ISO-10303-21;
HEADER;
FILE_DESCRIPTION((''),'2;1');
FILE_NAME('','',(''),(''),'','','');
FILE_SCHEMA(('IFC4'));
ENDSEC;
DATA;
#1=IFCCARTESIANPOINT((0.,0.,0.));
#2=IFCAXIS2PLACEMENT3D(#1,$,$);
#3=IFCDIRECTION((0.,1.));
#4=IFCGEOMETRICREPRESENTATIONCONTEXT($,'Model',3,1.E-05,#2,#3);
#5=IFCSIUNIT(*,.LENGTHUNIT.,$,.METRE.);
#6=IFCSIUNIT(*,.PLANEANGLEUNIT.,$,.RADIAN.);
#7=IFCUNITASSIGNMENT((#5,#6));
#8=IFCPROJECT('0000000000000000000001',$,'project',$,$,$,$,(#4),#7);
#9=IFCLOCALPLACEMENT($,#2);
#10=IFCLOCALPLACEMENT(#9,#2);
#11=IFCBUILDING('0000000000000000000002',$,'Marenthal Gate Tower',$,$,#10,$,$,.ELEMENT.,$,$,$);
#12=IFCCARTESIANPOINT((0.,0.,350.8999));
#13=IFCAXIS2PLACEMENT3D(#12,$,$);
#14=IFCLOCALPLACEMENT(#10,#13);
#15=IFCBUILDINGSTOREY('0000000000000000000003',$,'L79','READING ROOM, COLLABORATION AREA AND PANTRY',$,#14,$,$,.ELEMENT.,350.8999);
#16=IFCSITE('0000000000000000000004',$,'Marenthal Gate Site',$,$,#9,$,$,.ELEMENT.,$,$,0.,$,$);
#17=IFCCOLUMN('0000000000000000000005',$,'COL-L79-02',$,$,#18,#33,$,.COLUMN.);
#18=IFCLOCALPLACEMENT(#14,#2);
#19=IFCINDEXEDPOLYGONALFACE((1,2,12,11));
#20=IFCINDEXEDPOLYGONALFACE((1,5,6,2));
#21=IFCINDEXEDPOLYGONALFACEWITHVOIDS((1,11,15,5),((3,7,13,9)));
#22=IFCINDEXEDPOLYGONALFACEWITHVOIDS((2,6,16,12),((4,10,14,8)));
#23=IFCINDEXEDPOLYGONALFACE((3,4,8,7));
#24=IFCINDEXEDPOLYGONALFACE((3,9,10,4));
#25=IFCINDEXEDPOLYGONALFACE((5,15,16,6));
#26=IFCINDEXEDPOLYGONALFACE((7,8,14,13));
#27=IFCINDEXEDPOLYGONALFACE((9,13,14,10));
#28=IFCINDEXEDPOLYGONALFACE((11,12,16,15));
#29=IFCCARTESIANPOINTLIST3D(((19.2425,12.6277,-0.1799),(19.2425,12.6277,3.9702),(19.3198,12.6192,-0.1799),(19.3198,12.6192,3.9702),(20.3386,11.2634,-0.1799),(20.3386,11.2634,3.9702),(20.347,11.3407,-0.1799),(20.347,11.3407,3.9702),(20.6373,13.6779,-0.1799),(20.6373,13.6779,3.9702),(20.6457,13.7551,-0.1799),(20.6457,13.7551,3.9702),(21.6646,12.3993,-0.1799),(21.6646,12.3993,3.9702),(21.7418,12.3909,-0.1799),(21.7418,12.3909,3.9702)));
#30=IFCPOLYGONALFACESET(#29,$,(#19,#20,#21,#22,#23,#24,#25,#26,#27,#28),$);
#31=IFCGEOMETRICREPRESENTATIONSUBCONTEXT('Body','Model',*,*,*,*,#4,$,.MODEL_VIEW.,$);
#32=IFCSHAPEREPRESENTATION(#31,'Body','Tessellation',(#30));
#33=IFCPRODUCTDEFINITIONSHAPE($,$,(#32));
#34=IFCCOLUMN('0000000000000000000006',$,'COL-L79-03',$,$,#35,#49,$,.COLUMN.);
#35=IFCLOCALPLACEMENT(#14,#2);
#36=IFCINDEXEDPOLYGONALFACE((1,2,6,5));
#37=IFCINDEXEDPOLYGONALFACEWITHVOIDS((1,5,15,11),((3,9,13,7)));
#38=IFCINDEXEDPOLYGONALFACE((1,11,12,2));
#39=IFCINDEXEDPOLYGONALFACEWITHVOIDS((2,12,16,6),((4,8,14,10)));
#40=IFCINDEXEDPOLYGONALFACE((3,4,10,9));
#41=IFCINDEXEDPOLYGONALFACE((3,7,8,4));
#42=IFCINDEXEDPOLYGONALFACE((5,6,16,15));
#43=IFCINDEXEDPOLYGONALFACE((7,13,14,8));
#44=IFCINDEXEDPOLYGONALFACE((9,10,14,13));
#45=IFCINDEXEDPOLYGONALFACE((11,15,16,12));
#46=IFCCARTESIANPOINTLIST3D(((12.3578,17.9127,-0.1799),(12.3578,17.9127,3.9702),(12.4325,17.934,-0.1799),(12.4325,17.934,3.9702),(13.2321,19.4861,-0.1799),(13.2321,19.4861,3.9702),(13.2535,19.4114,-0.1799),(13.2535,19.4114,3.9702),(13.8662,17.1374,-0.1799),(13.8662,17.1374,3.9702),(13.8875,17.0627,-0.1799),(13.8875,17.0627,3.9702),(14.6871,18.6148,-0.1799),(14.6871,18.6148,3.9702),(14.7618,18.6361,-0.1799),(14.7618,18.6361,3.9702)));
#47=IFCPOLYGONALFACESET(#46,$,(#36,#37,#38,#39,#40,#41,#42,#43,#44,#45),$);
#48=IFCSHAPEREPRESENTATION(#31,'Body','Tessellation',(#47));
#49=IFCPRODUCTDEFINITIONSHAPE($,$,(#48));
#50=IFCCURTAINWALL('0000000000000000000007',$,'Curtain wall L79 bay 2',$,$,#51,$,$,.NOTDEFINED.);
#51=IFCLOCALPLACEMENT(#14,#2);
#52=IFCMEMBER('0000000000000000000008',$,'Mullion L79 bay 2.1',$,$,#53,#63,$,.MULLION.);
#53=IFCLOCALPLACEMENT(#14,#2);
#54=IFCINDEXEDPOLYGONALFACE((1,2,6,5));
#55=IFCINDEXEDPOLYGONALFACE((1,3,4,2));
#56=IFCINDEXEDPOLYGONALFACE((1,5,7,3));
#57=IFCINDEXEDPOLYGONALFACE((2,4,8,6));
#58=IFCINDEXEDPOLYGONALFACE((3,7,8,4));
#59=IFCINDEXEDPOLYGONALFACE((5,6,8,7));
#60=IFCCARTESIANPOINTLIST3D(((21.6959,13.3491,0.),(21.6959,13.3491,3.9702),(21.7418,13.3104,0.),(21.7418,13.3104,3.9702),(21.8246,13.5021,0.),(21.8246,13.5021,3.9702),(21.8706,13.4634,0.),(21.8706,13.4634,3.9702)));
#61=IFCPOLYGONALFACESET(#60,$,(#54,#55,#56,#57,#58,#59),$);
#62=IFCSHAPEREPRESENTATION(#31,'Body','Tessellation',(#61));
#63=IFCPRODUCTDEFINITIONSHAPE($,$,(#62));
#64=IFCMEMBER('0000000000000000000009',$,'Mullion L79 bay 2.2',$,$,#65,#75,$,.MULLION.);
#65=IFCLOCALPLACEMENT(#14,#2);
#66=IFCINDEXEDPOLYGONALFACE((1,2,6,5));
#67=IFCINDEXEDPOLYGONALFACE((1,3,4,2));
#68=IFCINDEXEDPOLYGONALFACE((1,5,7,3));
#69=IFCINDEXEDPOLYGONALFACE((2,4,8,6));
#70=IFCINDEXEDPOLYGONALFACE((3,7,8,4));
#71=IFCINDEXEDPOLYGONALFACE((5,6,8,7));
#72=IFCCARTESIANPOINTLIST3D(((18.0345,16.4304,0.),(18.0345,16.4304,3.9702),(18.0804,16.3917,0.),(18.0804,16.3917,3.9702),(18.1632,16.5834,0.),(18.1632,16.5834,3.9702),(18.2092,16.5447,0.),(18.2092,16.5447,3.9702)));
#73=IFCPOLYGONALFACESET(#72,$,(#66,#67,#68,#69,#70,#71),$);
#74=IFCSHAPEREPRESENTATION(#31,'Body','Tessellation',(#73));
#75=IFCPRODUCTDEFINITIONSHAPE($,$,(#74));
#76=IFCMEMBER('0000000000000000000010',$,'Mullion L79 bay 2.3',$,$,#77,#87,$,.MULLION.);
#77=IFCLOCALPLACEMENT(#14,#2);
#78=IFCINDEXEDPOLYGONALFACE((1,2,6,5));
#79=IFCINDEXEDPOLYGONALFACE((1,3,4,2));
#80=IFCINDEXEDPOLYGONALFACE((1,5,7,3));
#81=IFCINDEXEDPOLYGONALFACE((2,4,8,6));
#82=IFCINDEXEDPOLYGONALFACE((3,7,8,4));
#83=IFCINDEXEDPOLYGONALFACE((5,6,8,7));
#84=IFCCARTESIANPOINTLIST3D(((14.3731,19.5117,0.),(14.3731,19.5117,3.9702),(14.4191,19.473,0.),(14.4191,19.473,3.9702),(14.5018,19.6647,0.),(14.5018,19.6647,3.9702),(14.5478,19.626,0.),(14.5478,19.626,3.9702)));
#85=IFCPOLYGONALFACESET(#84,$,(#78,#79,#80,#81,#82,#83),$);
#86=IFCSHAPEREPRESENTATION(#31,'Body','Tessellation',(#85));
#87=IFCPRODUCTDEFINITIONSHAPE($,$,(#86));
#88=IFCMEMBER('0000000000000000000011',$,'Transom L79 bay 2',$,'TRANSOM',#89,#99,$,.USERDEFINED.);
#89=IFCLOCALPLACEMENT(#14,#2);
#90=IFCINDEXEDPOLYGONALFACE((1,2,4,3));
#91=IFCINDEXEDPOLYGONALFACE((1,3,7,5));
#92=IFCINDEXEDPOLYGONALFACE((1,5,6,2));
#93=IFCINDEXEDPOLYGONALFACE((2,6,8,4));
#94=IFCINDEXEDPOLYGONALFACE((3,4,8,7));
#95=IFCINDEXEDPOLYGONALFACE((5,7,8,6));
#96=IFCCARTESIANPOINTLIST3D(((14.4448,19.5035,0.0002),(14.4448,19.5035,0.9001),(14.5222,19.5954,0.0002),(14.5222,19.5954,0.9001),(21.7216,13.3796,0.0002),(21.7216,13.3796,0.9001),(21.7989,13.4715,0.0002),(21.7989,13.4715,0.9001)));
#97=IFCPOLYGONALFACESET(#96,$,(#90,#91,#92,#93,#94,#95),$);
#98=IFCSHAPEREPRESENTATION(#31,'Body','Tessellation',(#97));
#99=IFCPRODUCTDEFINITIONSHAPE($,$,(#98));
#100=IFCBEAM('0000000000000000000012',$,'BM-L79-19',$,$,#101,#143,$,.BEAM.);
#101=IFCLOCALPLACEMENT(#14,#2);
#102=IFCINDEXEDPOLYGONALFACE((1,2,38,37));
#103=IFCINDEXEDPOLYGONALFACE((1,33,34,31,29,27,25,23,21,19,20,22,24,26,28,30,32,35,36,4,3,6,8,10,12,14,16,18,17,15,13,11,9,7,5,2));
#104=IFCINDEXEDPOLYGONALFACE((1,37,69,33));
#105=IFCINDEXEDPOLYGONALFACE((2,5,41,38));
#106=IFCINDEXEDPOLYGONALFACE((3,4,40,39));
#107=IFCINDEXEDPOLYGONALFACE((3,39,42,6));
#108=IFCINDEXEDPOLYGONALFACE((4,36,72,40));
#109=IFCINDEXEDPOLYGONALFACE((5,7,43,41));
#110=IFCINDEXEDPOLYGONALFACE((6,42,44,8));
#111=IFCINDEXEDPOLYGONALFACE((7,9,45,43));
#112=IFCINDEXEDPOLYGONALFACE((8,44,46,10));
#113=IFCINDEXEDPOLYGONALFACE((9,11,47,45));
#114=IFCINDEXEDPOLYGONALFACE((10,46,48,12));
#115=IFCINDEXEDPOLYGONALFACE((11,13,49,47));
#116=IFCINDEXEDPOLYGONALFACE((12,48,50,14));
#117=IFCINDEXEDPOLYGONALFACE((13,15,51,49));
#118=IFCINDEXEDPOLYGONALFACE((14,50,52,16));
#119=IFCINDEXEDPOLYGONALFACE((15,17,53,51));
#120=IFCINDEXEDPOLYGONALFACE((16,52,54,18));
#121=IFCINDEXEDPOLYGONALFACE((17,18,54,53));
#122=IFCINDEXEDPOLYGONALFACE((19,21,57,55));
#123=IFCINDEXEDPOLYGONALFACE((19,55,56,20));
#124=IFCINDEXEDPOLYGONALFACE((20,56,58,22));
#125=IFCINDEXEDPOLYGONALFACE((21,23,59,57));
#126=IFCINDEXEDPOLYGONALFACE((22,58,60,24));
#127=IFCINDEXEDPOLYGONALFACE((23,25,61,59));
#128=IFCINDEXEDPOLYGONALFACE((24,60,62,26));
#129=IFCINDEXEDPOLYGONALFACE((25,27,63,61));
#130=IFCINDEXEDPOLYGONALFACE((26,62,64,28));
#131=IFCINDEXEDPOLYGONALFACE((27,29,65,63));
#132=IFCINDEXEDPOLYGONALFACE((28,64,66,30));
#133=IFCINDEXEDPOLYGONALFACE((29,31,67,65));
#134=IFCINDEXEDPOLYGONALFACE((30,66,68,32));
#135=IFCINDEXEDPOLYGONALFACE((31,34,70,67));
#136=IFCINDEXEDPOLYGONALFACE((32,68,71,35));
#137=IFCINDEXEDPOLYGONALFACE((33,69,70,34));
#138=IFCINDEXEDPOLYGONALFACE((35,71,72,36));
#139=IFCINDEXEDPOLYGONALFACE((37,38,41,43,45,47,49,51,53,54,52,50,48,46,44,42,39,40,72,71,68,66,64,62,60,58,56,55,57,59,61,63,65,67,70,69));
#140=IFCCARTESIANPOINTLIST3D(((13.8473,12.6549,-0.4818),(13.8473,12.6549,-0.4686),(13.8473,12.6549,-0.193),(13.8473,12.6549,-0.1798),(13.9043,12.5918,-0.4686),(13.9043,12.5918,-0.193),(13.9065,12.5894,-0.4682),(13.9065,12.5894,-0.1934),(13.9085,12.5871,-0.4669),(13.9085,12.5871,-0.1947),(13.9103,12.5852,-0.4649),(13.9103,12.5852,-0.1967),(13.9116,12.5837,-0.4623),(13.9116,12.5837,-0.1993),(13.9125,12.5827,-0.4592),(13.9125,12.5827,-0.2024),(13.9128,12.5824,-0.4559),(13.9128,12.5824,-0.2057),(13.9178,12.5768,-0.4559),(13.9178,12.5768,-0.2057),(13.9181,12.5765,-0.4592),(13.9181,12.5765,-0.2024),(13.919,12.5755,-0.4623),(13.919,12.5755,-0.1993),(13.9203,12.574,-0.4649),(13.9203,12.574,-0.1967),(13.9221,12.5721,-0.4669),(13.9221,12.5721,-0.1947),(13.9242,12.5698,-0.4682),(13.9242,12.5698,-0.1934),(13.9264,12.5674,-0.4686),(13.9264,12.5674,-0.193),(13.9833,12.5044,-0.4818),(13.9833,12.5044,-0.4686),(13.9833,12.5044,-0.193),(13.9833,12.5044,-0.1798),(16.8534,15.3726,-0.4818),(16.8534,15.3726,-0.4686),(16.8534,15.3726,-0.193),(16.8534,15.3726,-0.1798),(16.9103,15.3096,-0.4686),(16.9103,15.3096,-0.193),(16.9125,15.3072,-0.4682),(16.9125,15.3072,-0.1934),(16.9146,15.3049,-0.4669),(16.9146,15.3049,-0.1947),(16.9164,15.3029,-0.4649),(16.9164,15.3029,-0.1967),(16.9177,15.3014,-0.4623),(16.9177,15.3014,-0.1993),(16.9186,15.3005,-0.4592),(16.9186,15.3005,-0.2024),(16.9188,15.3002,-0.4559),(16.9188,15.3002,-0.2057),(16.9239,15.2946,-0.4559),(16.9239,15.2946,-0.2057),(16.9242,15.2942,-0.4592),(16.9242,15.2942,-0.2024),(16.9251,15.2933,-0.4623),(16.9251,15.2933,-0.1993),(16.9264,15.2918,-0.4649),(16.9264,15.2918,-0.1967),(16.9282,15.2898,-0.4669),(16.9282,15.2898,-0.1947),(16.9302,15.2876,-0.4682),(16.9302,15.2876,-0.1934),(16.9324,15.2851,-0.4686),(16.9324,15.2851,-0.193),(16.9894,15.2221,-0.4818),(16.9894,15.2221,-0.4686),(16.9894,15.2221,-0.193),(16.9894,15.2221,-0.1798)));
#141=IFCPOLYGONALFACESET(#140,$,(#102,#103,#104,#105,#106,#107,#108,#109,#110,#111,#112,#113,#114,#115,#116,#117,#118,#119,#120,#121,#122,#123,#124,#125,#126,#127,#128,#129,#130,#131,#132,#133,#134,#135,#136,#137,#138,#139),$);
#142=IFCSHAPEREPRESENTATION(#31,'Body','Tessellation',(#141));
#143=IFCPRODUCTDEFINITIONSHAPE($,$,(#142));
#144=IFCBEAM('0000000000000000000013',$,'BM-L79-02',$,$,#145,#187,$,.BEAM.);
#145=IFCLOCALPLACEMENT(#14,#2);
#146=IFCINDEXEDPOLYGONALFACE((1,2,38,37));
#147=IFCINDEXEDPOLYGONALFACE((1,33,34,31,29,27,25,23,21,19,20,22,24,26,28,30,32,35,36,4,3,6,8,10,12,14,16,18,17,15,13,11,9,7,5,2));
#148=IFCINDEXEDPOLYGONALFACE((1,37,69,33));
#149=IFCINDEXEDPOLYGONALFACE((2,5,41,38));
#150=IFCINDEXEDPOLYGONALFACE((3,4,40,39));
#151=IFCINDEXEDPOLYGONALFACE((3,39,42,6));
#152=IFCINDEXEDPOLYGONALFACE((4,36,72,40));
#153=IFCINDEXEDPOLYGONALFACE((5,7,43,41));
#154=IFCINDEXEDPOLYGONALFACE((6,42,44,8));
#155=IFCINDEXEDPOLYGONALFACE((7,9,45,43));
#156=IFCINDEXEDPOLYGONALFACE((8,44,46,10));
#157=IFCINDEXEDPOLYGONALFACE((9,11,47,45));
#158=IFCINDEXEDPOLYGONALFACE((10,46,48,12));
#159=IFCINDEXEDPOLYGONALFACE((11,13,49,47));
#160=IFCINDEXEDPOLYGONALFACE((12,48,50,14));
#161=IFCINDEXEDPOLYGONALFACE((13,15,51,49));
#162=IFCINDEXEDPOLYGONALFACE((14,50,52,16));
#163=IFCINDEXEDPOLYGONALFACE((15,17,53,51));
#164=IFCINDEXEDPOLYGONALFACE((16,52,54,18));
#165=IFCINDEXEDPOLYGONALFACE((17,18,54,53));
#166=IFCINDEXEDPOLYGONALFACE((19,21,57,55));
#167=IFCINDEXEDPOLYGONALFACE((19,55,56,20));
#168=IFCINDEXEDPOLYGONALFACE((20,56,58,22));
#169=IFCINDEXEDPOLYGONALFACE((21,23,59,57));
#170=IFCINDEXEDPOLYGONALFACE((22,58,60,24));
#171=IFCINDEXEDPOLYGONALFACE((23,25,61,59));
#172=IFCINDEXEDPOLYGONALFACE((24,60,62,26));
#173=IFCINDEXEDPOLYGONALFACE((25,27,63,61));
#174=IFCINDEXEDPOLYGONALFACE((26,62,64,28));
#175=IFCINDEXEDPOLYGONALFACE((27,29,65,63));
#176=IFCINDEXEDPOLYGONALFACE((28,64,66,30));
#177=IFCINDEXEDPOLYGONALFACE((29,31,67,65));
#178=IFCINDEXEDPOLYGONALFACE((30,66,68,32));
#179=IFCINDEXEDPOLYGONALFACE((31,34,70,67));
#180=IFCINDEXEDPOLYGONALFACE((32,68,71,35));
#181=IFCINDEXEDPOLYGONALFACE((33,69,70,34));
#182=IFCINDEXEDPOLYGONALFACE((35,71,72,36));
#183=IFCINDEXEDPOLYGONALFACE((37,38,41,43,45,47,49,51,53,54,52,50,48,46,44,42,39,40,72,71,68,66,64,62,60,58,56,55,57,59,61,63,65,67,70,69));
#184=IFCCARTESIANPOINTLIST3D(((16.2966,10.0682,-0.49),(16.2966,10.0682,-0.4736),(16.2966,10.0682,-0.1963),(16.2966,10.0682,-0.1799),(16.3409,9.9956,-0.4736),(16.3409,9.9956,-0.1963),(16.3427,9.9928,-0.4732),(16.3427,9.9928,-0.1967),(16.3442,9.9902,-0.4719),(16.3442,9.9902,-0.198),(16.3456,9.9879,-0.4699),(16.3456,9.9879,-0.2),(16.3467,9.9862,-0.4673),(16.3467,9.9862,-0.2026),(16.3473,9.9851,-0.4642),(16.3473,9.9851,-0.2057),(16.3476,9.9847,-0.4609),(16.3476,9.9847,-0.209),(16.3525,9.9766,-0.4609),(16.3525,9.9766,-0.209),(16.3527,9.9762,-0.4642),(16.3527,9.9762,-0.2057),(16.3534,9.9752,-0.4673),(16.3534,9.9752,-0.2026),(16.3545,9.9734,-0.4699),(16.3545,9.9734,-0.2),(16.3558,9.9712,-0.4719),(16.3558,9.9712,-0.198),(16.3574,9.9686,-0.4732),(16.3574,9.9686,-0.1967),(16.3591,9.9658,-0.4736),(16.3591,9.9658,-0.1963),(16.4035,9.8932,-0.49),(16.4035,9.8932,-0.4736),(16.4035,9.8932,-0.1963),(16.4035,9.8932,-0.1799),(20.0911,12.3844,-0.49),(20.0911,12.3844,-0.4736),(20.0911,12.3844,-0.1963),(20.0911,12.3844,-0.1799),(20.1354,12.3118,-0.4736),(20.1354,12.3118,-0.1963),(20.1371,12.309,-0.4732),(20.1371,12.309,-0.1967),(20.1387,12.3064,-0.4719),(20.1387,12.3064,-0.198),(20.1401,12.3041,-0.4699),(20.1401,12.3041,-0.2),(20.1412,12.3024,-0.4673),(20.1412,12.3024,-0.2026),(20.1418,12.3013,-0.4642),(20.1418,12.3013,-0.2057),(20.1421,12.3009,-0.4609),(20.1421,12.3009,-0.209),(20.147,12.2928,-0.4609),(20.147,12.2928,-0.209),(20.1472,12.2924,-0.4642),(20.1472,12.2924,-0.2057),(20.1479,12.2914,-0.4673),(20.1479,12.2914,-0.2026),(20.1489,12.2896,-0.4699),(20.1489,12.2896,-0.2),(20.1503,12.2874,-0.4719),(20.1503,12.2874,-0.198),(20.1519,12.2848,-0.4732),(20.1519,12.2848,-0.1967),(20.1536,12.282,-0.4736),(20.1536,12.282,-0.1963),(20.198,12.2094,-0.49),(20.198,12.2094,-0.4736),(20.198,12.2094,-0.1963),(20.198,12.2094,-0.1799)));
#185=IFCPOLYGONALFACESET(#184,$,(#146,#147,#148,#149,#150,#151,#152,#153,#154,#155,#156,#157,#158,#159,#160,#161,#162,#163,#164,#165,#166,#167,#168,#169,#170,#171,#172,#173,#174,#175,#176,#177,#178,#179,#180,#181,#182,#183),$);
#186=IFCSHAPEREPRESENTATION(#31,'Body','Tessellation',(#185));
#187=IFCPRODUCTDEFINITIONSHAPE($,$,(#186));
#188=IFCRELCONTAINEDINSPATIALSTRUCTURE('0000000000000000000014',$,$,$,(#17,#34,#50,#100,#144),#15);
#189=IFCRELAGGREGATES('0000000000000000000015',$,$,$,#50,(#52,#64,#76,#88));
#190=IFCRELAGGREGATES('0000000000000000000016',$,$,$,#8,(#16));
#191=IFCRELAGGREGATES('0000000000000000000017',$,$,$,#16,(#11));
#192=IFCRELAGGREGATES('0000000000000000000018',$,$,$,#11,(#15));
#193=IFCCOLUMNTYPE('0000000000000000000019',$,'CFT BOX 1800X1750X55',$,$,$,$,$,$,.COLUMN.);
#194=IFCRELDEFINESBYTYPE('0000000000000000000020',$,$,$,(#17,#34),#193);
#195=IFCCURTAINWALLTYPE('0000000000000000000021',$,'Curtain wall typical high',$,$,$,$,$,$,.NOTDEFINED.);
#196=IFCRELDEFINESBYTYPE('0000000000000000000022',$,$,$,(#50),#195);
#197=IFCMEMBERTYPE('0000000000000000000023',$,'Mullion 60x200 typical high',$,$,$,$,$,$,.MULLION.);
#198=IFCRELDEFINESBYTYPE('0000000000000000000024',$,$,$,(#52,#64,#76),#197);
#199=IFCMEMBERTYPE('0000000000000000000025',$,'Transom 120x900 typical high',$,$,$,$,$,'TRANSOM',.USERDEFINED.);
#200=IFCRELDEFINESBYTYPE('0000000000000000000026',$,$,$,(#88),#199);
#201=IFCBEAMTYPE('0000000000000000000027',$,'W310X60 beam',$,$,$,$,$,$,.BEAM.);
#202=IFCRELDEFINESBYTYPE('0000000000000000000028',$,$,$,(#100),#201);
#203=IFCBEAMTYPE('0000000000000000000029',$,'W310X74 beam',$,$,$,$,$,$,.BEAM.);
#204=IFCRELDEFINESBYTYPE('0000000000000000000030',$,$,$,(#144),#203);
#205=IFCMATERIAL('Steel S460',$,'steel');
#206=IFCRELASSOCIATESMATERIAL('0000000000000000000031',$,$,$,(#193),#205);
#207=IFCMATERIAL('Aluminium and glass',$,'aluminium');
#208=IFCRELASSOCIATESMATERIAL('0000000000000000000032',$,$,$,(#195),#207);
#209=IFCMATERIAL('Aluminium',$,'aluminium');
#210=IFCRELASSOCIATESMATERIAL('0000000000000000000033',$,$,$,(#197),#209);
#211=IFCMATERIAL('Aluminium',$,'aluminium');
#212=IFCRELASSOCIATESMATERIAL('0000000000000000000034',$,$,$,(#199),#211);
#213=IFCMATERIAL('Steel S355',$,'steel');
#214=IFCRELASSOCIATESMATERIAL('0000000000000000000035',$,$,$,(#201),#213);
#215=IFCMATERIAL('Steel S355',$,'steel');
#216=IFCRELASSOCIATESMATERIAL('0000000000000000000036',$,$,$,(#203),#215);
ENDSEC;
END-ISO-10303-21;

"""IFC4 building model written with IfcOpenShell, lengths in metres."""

from ifc_helpers import new_model, si_unit, direction, frame, origin, origin_2d, place, context, subcontext, project, spatial, rectangle, hollow_rectangle, i_section, extrude, material, material_profile, profile_set, type_object, element, aggregate, save


model = new_model("IFC4")

# Units and contexts
model_context = context("Model", 3, precision=1e-05, world=origin(), true_north=direction((0.0, 1.0)))
body_context = subcontext(model_context, "Body", "Model", "MODEL_VIEW")
ifc_project = project(units=[si_unit("LENGTHUNIT", "METRE"), si_unit("PLANEANGLEUNIT", "RADIAN")], contexts=[model_context])

# Site, building, storey
site_placement = place(None, origin())
site = spatial("IfcSite", under=ifc_project, at=site_placement, Name="Marenthal Gate Site", CompositionType="ELEMENT", RefElevation=0.0)
building_placement = place(site_placement, origin())
building = spatial("IfcBuilding", under=site, at=building_placement, Name="Marenthal Gate Tower", CompositionType="ELEMENT")
storey_placement = place(building_placement, frame((0.0, 0.0, 350.8999)))
storey = spatial("IfcBuildingStorey", under=building, at=storey_placement, Name="L79", Description="READING ROOM, COLLABORATION AREA AND PANTRY", CompositionType="ELEMENT", Elevation=350.8999)

# Columns
ifc_material_1 = material(Name="Steel S460", Category="steel")
ifc_material_profile_1 = material_profile(ifc_material_1, hollow_rectangle(XDim=1.75, YDim=1.8, WallThickness=0.0549, at=origin_2d()), Name="CFT BOX 1800X1750X55")
ifc_material_2 = material(Name="Concrete 70 MPa", Category="concrete")
ifc_material_profile_2 = material_profile(ifc_material_2, rectangle(XDim=1.6399, YDim=1.6899, at=origin_2d()), Name="CFT BOX 1800X1750X55 INFILL")
ifc_profile_set_1 = profile_set([ifc_material_profile_1, ifc_material_profile_2], Name="Steel S460 shell, Concrete 70 MPa infill")
column_type = type_object("IfcColumnType", Name="CFT BOX 1800X1750X55", PredefinedType="COLUMN", material=ifc_profile_set_1)
for number, where, z_axis, x_axis, name in (
    (1, (20.4922, 12.5093, -0.1799), (0.0, 0.0, 1.0), (0.626344, -0.779547, 0.0), "COL-L79-02"),
    (2, (13.5598, 18.2744, -0.1799), (0.0, 0.0, 1.0), (0.874116, -0.485718, 0.0), "COL-L79-03"),
):
    element("IfcColumn", number, at=place(storey_placement, frame(where, z_axis=z_axis, x_axis=x_axis)), inside=storey, type_object=column_type, Name=name, PredefinedType="COLUMN", context=body_context, shape_type="SweptSolid", body=[
        extrude(hollow_rectangle(XDim=1.75, YDim=1.8, WallThickness=0.0549, at=origin_2d()), origin(), (0.0, 0.0, 1.0), 4.1501),
    ])

# Curtain wall, members
ifc_material_3 = material(Name="Aluminium and glass", Category="aluminium")
curtain_wall_type = type_object("IfcCurtainWallType", Name="Curtain wall typical high", PredefinedType="NOTDEFINED", material=ifc_material_3)
curtain_wall_placement = place(storey_placement, origin())
curtain_wall = element("IfcCurtainWall", 3, at=curtain_wall_placement, inside=storey, type_object=curtain_wall_type, Name="Curtain wall L79 bay 2", PredefinedType="NOTDEFINED")
ifc_material_4 = material(Name="Aluminium", Category="aluminium")
ifc_material_profile_3 = material_profile(ifc_material_4, rectangle(XDim=0.2, YDim=0.0601, at=origin_2d()), Name="60x200 aluminium mullion")
ifc_profile_set_2 = profile_set([ifc_material_profile_3], Name="Aluminium")
member_type_1 = type_object("IfcMemberType", Name="Mullion 60x200 typical high", PredefinedType="MULLION", material=ifc_profile_set_2)
member_1_placement = place(storey_placement, frame((21.7832, 13.4062, 0.0), z_axis=(0.0, 0.0, 1.0), x_axis=(-0.643896, -0.765113, 0.0)))
member_1 = element("IfcMember", 4, at=member_1_placement, type_object=member_type_1, Name="Mullion L79 bay 2.1", PredefinedType="MULLION", context=body_context, shape_type="SweptSolid", body=[
    extrude(rectangle(XDim=0.2, YDim=0.0601, at=origin_2d()), origin(), (0.0, 0.0, 1.0), 3.9702),
])
member_2_placement = place(storey_placement, frame((18.1218, 16.4875, 0.0), z_axis=(0.0, 0.0, 1.0), x_axis=(-0.643896, -0.765113, 0.0)))
member_2 = element("IfcMember", 5, at=member_2_placement, type_object=member_type_1, Name="Mullion L79 bay 2.2", PredefinedType="MULLION", context=body_context, shape_type="SweptSolid", body=[
    extrude(rectangle(XDim=0.2, YDim=0.0601, at=origin_2d()), origin(), (0.0, 0.0, 1.0), 3.9702),
])
member_3_placement = place(storey_placement, frame((14.4604, 19.5688, 0.0), z_axis=(0.0, 0.0, 1.0), x_axis=(-0.643896, -0.765113, 0.0)))
member_3 = element("IfcMember", 6, at=member_3_placement, type_object=member_type_1, Name="Mullion L79 bay 2.3", PredefinedType="MULLION", context=body_context, shape_type="SweptSolid", body=[
    extrude(rectangle(XDim=0.2, YDim=0.0601, at=origin_2d()), origin(), (0.0, 0.0, 1.0), 3.9702),
])
ifc_material_5 = material(Name="Aluminium", Category="aluminium")
ifc_material_profile_4 = material_profile(ifc_material_5, rectangle(XDim=0.1201, YDim=0.8999, at=origin_2d()), Name="120x900 aluminium transom")
ifc_profile_set_3 = profile_set([ifc_material_profile_4], Name="Aluminium")
member_type_2 = type_object("IfcMemberType", Name="Transom 120x900 typical high", ElementType="TRANSOM", PredefinedType="USERDEFINED", material=ifc_profile_set_3)
member_4_placement = place(storey_placement, frame((21.7603, 13.4255, 0.4502), z_axis=(-0.765111, 0.643899, 0.0), x_axis=(-0.643899, -0.765111, 0.0)))
member_4 = element("IfcMember", 7, at=member_4_placement, type_object=member_type_2, Name="Transom L79 bay 2", ObjectType="TRANSOM", PredefinedType="USERDEFINED", context=body_context, shape_type="SweptSolid", body=[
    extrude(rectangle(XDim=0.1201, YDim=0.8999, at=origin_2d()), origin(), (0.0, 0.0, 1.0), 9.5107),
])

# Beams
ifc_material_6 = material(Name="Steel S355", Category="steel")
ifc_material_profile_5 = material_profile(ifc_material_6, i_section(OverallWidth=0.2029, OverallDepth=0.302, WebThickness=0.0076, FlangeThickness=0.0132, FilletRadius=0.0127, at=origin_2d()), Name="W310X60")
ifc_profile_set_4 = profile_set([ifc_material_profile_5], Name="Steel S355")
beam_type_1 = type_object("IfcBeamType", Name="W310X60 beam", PredefinedType="BEAM", material=ifc_profile_set_4)
beam_1_placement = place(storey_placement, frame((16.9214, 15.2974, -0.3308), z_axis=(-0.741785, -0.670637, 0.0), x_axis=(0.670637, -0.741785, 0.0)))
element("IfcBeam", 8, at=beam_1_placement, inside=storey, type_object=beam_type_1, Name="BM-L79-19", PredefinedType="BEAM", context=body_context, shape_type="SweptSolid", body=[
    extrude(i_section(OverallWidth=0.2029, OverallDepth=0.302, WebThickness=0.0076, FlangeThickness=0.0132, FilletRadius=0.0127, at=origin_2d()), origin(), (0.0, 0.0, 1.0), 4.0525),
])
ifc_material_7 = material(Name="Steel S355", Category="steel")
ifc_material_profile_6 = material_profile(ifc_material_7, i_section(OverallWidth=0.2051, OverallDepth=0.3101, WebThickness=0.0095, FlangeThickness=0.0164, FilletRadius=0.0127, at=origin_2d()), Name="W310X74")
ifc_profile_set_5 = profile_set([ifc_material_profile_6], Name="Steel S355")
beam_type_2 = type_object("IfcBeamType", Name="W310X74 beam", PredefinedType="BEAM", material=ifc_profile_set_5)
beam_2_placement = place(storey_placement, frame((20.1445, 12.2969, -0.335), z_axis=(-0.853548, -0.521015, 0.0), x_axis=(0.521015, -0.853548, 0.0)))
element("IfcBeam", 9, at=beam_2_placement, inside=storey, type_object=beam_type_2, Name="BM-L79-02", PredefinedType="BEAM", context=body_context, shape_type="SweptSolid", body=[
    extrude(i_section(OverallWidth=0.2051, OverallDepth=0.3101, WebThickness=0.0095, FlangeThickness=0.0164, FilletRadius=0.0127, at=origin_2d()), origin(), (0.0, 0.0, 1.0), 4.4456),
])

aggregate(curtain_wall, [member_1, member_2, member_3, member_4])

save(model, "model.ifc")
